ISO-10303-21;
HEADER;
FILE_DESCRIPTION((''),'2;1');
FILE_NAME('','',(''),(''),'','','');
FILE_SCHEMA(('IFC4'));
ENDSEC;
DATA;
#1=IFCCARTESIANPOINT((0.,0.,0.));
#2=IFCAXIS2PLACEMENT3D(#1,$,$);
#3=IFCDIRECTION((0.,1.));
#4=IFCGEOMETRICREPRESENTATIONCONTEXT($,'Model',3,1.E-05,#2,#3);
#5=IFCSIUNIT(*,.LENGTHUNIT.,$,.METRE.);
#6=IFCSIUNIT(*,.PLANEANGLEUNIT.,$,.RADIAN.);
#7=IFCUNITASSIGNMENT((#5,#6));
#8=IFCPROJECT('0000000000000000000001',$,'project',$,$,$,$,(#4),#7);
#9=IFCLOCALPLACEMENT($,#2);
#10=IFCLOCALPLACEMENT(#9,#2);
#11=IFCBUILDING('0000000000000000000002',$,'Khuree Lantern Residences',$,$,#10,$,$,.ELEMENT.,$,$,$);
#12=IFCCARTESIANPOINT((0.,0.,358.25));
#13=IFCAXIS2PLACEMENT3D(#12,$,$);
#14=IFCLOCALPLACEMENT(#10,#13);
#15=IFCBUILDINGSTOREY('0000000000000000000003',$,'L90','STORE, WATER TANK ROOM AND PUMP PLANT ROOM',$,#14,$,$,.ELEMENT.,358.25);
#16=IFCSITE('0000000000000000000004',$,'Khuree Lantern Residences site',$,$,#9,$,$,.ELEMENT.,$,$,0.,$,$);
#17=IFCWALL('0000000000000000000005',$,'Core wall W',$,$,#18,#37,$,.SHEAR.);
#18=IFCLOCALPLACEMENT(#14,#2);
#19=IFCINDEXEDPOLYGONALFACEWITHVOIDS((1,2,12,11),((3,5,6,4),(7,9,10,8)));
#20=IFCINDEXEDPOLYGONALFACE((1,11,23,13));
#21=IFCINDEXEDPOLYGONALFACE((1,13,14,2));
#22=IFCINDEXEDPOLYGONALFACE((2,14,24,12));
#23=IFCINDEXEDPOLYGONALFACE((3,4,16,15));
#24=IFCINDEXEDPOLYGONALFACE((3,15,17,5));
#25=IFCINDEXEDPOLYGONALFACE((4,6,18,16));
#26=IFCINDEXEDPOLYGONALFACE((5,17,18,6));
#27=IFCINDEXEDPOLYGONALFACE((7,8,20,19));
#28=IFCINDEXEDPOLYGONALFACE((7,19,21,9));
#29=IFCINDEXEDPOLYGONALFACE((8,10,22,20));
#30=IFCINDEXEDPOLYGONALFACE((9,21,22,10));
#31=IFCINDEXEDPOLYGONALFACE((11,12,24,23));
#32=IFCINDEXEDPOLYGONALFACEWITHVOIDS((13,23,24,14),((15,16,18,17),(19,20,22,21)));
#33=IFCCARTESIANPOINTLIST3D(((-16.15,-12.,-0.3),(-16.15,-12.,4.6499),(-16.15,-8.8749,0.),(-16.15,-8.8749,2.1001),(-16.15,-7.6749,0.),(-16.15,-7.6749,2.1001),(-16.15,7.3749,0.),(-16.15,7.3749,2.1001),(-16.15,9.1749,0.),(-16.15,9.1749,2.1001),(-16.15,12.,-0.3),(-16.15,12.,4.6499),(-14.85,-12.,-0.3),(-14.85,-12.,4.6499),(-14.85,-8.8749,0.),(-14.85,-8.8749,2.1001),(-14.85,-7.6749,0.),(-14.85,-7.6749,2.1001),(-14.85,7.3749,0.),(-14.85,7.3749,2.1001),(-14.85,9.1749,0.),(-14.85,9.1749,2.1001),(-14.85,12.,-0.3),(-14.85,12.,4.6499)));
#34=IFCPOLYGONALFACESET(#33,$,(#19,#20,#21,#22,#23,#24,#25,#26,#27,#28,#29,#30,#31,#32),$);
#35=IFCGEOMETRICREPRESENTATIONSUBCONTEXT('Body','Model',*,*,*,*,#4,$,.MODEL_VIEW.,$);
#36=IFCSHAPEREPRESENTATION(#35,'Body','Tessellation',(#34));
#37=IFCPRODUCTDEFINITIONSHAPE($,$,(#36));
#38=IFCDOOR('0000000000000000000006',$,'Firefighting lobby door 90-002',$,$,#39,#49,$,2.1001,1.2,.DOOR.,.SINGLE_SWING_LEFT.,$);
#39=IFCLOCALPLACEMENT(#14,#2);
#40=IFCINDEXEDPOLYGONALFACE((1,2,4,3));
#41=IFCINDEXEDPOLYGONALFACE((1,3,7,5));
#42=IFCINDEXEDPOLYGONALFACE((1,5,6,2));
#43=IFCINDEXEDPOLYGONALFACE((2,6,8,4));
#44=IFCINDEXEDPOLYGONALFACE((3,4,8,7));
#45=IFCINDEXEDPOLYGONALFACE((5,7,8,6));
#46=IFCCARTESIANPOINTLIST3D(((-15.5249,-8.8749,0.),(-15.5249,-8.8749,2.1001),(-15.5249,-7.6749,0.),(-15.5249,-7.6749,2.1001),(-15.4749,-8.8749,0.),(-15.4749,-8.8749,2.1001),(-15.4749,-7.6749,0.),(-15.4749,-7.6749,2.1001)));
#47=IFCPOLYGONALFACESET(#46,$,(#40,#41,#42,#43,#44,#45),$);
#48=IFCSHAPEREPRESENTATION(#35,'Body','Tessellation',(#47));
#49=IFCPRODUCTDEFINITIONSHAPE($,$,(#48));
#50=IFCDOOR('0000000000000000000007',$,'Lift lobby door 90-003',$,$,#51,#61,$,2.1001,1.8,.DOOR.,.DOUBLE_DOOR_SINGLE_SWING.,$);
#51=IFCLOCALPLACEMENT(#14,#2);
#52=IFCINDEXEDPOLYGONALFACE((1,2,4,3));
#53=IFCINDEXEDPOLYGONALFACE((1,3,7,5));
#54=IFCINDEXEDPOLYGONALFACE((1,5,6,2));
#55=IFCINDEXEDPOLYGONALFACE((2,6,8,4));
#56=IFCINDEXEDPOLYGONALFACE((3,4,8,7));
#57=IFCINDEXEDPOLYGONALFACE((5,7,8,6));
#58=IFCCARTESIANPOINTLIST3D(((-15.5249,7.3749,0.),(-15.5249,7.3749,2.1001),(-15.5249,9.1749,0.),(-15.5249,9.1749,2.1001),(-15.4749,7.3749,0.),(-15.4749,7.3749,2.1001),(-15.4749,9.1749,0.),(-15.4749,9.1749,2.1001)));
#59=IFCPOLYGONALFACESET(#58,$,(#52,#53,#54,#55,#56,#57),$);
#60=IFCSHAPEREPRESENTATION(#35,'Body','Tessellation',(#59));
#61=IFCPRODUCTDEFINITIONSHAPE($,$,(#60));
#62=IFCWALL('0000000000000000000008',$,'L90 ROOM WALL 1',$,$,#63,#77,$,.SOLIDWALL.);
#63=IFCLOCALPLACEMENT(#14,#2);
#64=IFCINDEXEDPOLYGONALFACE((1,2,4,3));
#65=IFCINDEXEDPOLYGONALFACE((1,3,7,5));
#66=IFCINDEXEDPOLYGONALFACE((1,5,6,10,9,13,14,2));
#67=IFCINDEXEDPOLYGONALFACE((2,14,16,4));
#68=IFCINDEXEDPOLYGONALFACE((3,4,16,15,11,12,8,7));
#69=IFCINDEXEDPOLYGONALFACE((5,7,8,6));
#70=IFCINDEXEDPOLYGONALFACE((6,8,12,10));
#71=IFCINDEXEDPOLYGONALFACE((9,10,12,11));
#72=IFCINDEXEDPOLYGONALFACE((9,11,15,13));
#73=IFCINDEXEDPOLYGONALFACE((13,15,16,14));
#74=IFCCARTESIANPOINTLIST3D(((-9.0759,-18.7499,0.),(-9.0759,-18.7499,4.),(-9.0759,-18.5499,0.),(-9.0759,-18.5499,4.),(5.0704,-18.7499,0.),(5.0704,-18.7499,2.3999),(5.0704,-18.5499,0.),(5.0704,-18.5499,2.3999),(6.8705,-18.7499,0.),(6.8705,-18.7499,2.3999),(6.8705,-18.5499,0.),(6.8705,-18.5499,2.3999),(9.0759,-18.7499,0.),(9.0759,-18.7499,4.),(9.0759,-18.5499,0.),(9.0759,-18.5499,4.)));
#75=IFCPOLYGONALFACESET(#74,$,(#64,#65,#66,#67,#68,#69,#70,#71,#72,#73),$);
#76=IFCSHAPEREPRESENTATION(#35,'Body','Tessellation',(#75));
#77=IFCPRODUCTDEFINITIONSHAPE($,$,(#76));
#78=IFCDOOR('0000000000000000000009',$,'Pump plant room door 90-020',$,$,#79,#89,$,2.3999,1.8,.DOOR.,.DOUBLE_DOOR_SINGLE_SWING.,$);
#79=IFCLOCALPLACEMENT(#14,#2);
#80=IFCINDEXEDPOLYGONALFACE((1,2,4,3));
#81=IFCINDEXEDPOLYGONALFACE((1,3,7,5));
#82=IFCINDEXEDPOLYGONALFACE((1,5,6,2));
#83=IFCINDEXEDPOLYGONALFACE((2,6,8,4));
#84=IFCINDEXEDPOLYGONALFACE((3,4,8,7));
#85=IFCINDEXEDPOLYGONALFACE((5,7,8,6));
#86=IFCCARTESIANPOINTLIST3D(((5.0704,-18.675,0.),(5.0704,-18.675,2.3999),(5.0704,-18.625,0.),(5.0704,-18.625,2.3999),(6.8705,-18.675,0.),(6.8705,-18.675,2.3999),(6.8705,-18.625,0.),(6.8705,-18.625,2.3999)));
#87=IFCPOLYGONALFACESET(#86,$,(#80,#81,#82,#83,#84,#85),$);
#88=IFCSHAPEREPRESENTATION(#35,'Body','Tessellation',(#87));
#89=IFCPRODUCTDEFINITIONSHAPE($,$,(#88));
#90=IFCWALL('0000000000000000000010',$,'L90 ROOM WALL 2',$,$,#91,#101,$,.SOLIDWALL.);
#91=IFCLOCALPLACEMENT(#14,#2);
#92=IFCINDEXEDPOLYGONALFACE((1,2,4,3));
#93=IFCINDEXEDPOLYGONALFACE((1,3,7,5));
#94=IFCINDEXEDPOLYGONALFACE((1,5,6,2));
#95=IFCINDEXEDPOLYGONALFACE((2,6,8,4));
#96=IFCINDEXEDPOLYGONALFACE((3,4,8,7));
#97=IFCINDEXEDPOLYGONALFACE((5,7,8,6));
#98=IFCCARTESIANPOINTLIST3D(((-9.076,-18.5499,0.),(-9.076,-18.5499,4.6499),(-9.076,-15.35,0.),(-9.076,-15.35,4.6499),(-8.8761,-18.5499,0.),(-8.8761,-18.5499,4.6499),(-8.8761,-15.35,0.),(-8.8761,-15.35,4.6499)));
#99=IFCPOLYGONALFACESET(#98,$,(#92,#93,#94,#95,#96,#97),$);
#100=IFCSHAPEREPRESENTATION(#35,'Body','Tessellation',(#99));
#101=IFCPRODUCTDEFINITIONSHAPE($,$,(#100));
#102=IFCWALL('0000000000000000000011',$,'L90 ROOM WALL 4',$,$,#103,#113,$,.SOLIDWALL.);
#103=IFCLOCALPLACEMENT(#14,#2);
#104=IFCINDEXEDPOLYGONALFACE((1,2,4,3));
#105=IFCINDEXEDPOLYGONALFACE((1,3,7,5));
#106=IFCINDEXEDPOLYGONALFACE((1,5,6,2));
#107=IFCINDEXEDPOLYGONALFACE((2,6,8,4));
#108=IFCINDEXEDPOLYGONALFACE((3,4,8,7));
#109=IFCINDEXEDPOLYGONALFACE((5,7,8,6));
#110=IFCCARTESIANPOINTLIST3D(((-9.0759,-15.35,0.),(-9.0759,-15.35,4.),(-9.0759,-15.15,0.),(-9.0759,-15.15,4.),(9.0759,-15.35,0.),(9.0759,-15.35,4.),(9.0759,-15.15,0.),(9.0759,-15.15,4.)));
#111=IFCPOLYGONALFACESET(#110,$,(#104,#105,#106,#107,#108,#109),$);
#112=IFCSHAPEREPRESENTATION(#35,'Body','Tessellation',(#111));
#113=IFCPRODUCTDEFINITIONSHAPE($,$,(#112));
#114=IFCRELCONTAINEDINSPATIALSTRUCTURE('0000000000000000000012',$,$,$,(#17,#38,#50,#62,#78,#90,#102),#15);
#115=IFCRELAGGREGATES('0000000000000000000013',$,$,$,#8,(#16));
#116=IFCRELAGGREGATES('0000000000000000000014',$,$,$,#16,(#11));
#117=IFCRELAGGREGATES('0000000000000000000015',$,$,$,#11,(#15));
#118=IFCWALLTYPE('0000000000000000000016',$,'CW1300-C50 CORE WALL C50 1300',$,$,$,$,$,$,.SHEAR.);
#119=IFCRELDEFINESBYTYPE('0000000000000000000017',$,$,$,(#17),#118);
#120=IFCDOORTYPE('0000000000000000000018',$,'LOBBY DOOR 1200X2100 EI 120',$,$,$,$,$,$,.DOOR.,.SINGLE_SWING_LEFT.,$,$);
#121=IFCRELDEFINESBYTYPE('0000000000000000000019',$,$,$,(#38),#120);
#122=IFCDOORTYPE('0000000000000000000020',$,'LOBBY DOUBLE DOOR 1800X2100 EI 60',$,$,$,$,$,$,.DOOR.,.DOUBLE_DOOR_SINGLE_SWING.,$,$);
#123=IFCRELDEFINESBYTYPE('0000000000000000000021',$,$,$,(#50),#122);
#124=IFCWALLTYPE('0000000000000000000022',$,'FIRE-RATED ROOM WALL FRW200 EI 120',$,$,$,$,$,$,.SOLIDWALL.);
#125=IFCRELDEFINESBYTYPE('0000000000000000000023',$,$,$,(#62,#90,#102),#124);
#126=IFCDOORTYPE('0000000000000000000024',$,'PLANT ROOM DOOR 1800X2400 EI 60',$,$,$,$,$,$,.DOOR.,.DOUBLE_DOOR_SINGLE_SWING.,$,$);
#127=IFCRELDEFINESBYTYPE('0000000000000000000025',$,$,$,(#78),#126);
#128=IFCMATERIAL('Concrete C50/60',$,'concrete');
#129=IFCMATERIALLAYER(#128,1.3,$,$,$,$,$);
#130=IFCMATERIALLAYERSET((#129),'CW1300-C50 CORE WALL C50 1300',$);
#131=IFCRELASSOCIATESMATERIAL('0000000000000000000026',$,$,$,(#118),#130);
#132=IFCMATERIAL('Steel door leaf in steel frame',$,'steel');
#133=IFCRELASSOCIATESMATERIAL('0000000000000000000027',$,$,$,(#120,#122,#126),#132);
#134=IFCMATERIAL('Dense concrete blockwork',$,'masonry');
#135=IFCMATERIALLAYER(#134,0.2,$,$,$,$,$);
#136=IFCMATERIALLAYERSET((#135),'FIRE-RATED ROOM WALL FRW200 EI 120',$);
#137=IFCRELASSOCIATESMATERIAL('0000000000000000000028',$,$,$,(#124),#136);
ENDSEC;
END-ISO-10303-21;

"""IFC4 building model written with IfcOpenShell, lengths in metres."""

from ifc_helpers import new_model, si_unit, direction, frame, frame_2d, origin, place, context, subcontext, project, spatial, rectangle, extrude, material, layer, layer_set, type_object, element, fill, save


model = new_model("IFC4")

# Units and contexts
model_context = context("Model", 3, precision=1e-05, world=origin(), true_north=direction((0.0, 1.0)))
body_context = subcontext(model_context, "Body", "Model", "MODEL_VIEW")
ifc_project = project(units=[si_unit("LENGTHUNIT", "METRE"), si_unit("PLANEANGLEUNIT", "RADIAN")], contexts=[model_context])

# Site, building, storey
site_placement = place(None, origin())
site = spatial("IfcSite", under=ifc_project, at=site_placement, Name="Khuree Lantern Residences site", CompositionType="ELEMENT", RefElevation=0.0)
building_placement = place(site_placement, origin())
building = spatial("IfcBuilding", under=site, at=building_placement, Name="Khuree Lantern Residences", CompositionType="ELEMENT")
storey_placement = place(building_placement, frame((0.0, 0.0, 358.25)))
storey = spatial("IfcBuildingStorey", under=building, at=storey_placement, Name="L90", Description="STORE, WATER TANK ROOM AND PUMP PLANT ROOM", CompositionType="ELEMENT", Elevation=358.25)

# Shared definitions
ifc_material_1 = material(Name="Concrete C50/60", Category="concrete")

# Shared definitions
ifc_material_2 = material(Name="Dense concrete blockwork", Category="masonry")

# Shared definitions
ifc_layer_1 = layer(ifc_material_1, 1.3)
ifc_layer_set_1 = layer_set([ifc_layer_1], Name="CW1300-C50 CORE WALL C50 1300")
wall_type_1 = type_object("IfcWallType", Name="CW1300-C50 CORE WALL C50 1300", PredefinedType="SHEAR", material=ifc_layer_set_1)

# Wall, openings, doors
wall_1_placement = place(storey_placement, frame((-15.5, -12.0, -0.3), z_axis=(0.0, 0.0, 1.0), x_axis=(0.0, 1.0, 0.0)))
wall_1 = element("IfcWall", 1, at=wall_1_placement, inside=storey, type_object=wall_type_1, Name="Core wall W", PredefinedType="SHEAR", context=body_context, shape_type="SweptSolid", body=[
    extrude(rectangle(XDim=24.0, YDim=1.3, at=frame_2d((12.0, 0.0))), origin(), (0.0, 0.0, 1.0), 4.95),
])
opening_1_placement = place(wall_1_placement, frame((3.125, 0.0, 0.3)))
opening_1 = element("IfcOpeningElement", 2, at=opening_1_placement, cuts=wall_1, PredefinedType="OPENING", context=body_context, shape_type="SweptSolid", body=[
    extrude(rectangle(XDim=1.2, YDim=2.1001, at=frame_2d((0.6001, 1.05))), frame((0.0, 0.6602, 0.0), z_axis=(0.0, -1.0, 0.0), x_axis=(1.0, 0.0, 0.0)), (0.0, 0.0, 1.0), 1.3201),
])
opening_2_placement = place(wall_1_placement, frame((19.375, 0.0, 0.3)))
opening_2 = element("IfcOpeningElement", 3, at=opening_2_placement, cuts=wall_1, PredefinedType="OPENING", context=body_context, shape_type="SweptSolid", body=[
    extrude(rectangle(XDim=1.8, YDim=2.1001, at=frame_2d((0.8999, 1.05))), frame((0.0, 0.6602, 0.0), z_axis=(0.0, -1.0, 0.0), x_axis=(1.0, 0.0, 0.0)), (0.0, 0.0, 1.0), 1.3201),
])
ifc_material_3 = material(Name="Steel door leaf in steel frame", Category="steel")
door_type_1 = type_object("IfcDoorType", Name="LOBBY DOOR 1200X2100 EI 120", OperationType="SINGLE_SWING_LEFT", PredefinedType="DOOR", material=ifc_material_3)
door_1_placement = place(opening_1_placement, origin())
door_1 = element("IfcDoor", 4, at=door_1_placement, inside=storey, type_object=door_type_1, Name="Firefighting lobby door 90-002", OperationType="SINGLE_SWING_LEFT", OverallHeight=2.1001, OverallWidth=1.2, PredefinedType="DOOR", context=body_context, shape_type="SweptSolid", body=[
    extrude(rectangle(XDim=1.2, YDim=2.1001, at=frame_2d((0.6001, 1.05))), frame((0.0, 0.0249, 0.0), z_axis=(0.0, -1.0, 0.0), x_axis=(1.0, 0.0, 0.0)), (0.0, 0.0, 1.0), 0.05),
])
fill(opening_1, door_1)
door_type_2 = type_object("IfcDoorType", Name="LOBBY DOUBLE DOOR 1800X2100 EI 60", OperationType="DOUBLE_DOOR_SINGLE_SWING", PredefinedType="DOOR", material=ifc_material_3)
door_2_placement = place(opening_2_placement, origin())
door_2 = element("IfcDoor", 5, at=door_2_placement, inside=storey, type_object=door_type_2, Name="Lift lobby door 90-003", OperationType="DOUBLE_DOOR_SINGLE_SWING", OverallHeight=2.1001, OverallWidth=1.8, PredefinedType="DOOR", context=body_context, shape_type="SweptSolid", body=[
    extrude(rectangle(XDim=1.8, YDim=2.1001, at=frame_2d((0.8999, 1.05))), frame((0.0, 0.0249, 0.0), z_axis=(0.0, -1.0, 0.0), x_axis=(1.0, 0.0, 0.0)), (0.0, 0.0, 1.0), 0.05),
])
fill(opening_2, door_2)

# Wall, opening, door
ifc_layer_2 = layer(ifc_material_2, 0.2)
ifc_layer_set_2 = layer_set([ifc_layer_2], Name="FIRE-RATED ROOM WALL FRW200 EI 120")
wall_type_2 = type_object("IfcWallType", Name="FIRE-RATED ROOM WALL FRW200 EI 120", PredefinedType="SOLIDWALL", material=ifc_layer_set_2)
wall_2_placement = place(storey_placement, frame((-9.0759, -18.6499, 0.0), z_axis=(0.0, 0.0, 1.0), x_axis=(1.0, 0.0, 0.0)))
wall_2 = element("IfcWall", 6, at=wall_2_placement, inside=storey, type_object=wall_type_2, Name="L90 ROOM WALL 1", PredefinedType="SOLIDWALL", context=body_context, shape_type="SweptSolid", body=[
    extrude(rectangle(XDim=18.1519, YDim=0.2, at=frame_2d((9.0759, 0.0))), origin(), (0.0, 0.0, 1.0), 4.0),
])
opening_3_placement = place(wall_2_placement, frame((14.1465, 0.0, 0.0)))
opening_3 = element("IfcOpeningElement", 7, at=opening_3_placement, cuts=wall_2, PredefinedType="OPENING", context=body_context, shape_type="SweptSolid", body=[
    extrude(rectangle(XDim=1.8, YDim=2.3999, at=frame_2d((0.8999, 1.2))), frame((0.0, 0.1099, 0.0), z_axis=(0.0, -1.0, 0.0), x_axis=(1.0, 0.0, 0.0)), (0.0, 0.0, 1.0), 0.22),
])
door_type_3 = type_object("IfcDoorType", Name="PLANT ROOM DOOR 1800X2400 EI 60", OperationType="DOUBLE_DOOR_SINGLE_SWING", PredefinedType="DOOR", material=ifc_material_3)
door_3_placement = place(opening_3_placement, origin())
door_3 = element("IfcDoor", 8, at=door_3_placement, inside=storey, type_object=door_type_3, Name="Pump plant room door 90-020", OperationType="DOUBLE_DOOR_SINGLE_SWING", OverallHeight=2.3999, OverallWidth=1.8, PredefinedType="DOOR", context=body_context, shape_type="SweptSolid", body=[
    extrude(rectangle(XDim=1.8, YDim=2.3999, at=frame_2d((0.8999, 1.2))), frame((0.0, 0.0249, 0.0), z_axis=(0.0, -1.0, 0.0), x_axis=(1.0, 0.0, 0.0)), (0.0, 0.0, 1.0), 0.05),
])
fill(opening_3, door_3)

# Walls
wall_3_placement = place(storey_placement, frame((-8.9761, -18.55, 0.0), z_axis=(0.0, 0.0, 1.0), x_axis=(0.0, 1.0, 0.0)))
element("IfcWall", 9, at=wall_3_placement, inside=storey, type_object=wall_type_2, Name="L90 ROOM WALL 2", PredefinedType="SOLIDWALL", context=body_context, shape_type="SweptSolid", body=[
    extrude(rectangle(XDim=3.2, YDim=0.2, at=frame_2d((1.6001, 0.0))), origin(), (0.0, 0.0, 1.0), 4.6499),
])
wall_4_placement = place(storey_placement, frame((-9.0759, -15.25, 0.0), z_axis=(0.0, 0.0, 1.0), x_axis=(1.0, 0.0, 0.0)))
element("IfcWall", 10, at=wall_4_placement, inside=storey, type_object=wall_type_2, Name="L90 ROOM WALL 4", PredefinedType="SOLIDWALL", context=body_context, shape_type="SweptSolid", body=[
    extrude(rectangle(XDim=18.1519, YDim=0.2, at=frame_2d((9.0759, 0.0))), origin(), (0.0, 0.0, 1.0), 4.0),
])

save(model, "model.ifc")
